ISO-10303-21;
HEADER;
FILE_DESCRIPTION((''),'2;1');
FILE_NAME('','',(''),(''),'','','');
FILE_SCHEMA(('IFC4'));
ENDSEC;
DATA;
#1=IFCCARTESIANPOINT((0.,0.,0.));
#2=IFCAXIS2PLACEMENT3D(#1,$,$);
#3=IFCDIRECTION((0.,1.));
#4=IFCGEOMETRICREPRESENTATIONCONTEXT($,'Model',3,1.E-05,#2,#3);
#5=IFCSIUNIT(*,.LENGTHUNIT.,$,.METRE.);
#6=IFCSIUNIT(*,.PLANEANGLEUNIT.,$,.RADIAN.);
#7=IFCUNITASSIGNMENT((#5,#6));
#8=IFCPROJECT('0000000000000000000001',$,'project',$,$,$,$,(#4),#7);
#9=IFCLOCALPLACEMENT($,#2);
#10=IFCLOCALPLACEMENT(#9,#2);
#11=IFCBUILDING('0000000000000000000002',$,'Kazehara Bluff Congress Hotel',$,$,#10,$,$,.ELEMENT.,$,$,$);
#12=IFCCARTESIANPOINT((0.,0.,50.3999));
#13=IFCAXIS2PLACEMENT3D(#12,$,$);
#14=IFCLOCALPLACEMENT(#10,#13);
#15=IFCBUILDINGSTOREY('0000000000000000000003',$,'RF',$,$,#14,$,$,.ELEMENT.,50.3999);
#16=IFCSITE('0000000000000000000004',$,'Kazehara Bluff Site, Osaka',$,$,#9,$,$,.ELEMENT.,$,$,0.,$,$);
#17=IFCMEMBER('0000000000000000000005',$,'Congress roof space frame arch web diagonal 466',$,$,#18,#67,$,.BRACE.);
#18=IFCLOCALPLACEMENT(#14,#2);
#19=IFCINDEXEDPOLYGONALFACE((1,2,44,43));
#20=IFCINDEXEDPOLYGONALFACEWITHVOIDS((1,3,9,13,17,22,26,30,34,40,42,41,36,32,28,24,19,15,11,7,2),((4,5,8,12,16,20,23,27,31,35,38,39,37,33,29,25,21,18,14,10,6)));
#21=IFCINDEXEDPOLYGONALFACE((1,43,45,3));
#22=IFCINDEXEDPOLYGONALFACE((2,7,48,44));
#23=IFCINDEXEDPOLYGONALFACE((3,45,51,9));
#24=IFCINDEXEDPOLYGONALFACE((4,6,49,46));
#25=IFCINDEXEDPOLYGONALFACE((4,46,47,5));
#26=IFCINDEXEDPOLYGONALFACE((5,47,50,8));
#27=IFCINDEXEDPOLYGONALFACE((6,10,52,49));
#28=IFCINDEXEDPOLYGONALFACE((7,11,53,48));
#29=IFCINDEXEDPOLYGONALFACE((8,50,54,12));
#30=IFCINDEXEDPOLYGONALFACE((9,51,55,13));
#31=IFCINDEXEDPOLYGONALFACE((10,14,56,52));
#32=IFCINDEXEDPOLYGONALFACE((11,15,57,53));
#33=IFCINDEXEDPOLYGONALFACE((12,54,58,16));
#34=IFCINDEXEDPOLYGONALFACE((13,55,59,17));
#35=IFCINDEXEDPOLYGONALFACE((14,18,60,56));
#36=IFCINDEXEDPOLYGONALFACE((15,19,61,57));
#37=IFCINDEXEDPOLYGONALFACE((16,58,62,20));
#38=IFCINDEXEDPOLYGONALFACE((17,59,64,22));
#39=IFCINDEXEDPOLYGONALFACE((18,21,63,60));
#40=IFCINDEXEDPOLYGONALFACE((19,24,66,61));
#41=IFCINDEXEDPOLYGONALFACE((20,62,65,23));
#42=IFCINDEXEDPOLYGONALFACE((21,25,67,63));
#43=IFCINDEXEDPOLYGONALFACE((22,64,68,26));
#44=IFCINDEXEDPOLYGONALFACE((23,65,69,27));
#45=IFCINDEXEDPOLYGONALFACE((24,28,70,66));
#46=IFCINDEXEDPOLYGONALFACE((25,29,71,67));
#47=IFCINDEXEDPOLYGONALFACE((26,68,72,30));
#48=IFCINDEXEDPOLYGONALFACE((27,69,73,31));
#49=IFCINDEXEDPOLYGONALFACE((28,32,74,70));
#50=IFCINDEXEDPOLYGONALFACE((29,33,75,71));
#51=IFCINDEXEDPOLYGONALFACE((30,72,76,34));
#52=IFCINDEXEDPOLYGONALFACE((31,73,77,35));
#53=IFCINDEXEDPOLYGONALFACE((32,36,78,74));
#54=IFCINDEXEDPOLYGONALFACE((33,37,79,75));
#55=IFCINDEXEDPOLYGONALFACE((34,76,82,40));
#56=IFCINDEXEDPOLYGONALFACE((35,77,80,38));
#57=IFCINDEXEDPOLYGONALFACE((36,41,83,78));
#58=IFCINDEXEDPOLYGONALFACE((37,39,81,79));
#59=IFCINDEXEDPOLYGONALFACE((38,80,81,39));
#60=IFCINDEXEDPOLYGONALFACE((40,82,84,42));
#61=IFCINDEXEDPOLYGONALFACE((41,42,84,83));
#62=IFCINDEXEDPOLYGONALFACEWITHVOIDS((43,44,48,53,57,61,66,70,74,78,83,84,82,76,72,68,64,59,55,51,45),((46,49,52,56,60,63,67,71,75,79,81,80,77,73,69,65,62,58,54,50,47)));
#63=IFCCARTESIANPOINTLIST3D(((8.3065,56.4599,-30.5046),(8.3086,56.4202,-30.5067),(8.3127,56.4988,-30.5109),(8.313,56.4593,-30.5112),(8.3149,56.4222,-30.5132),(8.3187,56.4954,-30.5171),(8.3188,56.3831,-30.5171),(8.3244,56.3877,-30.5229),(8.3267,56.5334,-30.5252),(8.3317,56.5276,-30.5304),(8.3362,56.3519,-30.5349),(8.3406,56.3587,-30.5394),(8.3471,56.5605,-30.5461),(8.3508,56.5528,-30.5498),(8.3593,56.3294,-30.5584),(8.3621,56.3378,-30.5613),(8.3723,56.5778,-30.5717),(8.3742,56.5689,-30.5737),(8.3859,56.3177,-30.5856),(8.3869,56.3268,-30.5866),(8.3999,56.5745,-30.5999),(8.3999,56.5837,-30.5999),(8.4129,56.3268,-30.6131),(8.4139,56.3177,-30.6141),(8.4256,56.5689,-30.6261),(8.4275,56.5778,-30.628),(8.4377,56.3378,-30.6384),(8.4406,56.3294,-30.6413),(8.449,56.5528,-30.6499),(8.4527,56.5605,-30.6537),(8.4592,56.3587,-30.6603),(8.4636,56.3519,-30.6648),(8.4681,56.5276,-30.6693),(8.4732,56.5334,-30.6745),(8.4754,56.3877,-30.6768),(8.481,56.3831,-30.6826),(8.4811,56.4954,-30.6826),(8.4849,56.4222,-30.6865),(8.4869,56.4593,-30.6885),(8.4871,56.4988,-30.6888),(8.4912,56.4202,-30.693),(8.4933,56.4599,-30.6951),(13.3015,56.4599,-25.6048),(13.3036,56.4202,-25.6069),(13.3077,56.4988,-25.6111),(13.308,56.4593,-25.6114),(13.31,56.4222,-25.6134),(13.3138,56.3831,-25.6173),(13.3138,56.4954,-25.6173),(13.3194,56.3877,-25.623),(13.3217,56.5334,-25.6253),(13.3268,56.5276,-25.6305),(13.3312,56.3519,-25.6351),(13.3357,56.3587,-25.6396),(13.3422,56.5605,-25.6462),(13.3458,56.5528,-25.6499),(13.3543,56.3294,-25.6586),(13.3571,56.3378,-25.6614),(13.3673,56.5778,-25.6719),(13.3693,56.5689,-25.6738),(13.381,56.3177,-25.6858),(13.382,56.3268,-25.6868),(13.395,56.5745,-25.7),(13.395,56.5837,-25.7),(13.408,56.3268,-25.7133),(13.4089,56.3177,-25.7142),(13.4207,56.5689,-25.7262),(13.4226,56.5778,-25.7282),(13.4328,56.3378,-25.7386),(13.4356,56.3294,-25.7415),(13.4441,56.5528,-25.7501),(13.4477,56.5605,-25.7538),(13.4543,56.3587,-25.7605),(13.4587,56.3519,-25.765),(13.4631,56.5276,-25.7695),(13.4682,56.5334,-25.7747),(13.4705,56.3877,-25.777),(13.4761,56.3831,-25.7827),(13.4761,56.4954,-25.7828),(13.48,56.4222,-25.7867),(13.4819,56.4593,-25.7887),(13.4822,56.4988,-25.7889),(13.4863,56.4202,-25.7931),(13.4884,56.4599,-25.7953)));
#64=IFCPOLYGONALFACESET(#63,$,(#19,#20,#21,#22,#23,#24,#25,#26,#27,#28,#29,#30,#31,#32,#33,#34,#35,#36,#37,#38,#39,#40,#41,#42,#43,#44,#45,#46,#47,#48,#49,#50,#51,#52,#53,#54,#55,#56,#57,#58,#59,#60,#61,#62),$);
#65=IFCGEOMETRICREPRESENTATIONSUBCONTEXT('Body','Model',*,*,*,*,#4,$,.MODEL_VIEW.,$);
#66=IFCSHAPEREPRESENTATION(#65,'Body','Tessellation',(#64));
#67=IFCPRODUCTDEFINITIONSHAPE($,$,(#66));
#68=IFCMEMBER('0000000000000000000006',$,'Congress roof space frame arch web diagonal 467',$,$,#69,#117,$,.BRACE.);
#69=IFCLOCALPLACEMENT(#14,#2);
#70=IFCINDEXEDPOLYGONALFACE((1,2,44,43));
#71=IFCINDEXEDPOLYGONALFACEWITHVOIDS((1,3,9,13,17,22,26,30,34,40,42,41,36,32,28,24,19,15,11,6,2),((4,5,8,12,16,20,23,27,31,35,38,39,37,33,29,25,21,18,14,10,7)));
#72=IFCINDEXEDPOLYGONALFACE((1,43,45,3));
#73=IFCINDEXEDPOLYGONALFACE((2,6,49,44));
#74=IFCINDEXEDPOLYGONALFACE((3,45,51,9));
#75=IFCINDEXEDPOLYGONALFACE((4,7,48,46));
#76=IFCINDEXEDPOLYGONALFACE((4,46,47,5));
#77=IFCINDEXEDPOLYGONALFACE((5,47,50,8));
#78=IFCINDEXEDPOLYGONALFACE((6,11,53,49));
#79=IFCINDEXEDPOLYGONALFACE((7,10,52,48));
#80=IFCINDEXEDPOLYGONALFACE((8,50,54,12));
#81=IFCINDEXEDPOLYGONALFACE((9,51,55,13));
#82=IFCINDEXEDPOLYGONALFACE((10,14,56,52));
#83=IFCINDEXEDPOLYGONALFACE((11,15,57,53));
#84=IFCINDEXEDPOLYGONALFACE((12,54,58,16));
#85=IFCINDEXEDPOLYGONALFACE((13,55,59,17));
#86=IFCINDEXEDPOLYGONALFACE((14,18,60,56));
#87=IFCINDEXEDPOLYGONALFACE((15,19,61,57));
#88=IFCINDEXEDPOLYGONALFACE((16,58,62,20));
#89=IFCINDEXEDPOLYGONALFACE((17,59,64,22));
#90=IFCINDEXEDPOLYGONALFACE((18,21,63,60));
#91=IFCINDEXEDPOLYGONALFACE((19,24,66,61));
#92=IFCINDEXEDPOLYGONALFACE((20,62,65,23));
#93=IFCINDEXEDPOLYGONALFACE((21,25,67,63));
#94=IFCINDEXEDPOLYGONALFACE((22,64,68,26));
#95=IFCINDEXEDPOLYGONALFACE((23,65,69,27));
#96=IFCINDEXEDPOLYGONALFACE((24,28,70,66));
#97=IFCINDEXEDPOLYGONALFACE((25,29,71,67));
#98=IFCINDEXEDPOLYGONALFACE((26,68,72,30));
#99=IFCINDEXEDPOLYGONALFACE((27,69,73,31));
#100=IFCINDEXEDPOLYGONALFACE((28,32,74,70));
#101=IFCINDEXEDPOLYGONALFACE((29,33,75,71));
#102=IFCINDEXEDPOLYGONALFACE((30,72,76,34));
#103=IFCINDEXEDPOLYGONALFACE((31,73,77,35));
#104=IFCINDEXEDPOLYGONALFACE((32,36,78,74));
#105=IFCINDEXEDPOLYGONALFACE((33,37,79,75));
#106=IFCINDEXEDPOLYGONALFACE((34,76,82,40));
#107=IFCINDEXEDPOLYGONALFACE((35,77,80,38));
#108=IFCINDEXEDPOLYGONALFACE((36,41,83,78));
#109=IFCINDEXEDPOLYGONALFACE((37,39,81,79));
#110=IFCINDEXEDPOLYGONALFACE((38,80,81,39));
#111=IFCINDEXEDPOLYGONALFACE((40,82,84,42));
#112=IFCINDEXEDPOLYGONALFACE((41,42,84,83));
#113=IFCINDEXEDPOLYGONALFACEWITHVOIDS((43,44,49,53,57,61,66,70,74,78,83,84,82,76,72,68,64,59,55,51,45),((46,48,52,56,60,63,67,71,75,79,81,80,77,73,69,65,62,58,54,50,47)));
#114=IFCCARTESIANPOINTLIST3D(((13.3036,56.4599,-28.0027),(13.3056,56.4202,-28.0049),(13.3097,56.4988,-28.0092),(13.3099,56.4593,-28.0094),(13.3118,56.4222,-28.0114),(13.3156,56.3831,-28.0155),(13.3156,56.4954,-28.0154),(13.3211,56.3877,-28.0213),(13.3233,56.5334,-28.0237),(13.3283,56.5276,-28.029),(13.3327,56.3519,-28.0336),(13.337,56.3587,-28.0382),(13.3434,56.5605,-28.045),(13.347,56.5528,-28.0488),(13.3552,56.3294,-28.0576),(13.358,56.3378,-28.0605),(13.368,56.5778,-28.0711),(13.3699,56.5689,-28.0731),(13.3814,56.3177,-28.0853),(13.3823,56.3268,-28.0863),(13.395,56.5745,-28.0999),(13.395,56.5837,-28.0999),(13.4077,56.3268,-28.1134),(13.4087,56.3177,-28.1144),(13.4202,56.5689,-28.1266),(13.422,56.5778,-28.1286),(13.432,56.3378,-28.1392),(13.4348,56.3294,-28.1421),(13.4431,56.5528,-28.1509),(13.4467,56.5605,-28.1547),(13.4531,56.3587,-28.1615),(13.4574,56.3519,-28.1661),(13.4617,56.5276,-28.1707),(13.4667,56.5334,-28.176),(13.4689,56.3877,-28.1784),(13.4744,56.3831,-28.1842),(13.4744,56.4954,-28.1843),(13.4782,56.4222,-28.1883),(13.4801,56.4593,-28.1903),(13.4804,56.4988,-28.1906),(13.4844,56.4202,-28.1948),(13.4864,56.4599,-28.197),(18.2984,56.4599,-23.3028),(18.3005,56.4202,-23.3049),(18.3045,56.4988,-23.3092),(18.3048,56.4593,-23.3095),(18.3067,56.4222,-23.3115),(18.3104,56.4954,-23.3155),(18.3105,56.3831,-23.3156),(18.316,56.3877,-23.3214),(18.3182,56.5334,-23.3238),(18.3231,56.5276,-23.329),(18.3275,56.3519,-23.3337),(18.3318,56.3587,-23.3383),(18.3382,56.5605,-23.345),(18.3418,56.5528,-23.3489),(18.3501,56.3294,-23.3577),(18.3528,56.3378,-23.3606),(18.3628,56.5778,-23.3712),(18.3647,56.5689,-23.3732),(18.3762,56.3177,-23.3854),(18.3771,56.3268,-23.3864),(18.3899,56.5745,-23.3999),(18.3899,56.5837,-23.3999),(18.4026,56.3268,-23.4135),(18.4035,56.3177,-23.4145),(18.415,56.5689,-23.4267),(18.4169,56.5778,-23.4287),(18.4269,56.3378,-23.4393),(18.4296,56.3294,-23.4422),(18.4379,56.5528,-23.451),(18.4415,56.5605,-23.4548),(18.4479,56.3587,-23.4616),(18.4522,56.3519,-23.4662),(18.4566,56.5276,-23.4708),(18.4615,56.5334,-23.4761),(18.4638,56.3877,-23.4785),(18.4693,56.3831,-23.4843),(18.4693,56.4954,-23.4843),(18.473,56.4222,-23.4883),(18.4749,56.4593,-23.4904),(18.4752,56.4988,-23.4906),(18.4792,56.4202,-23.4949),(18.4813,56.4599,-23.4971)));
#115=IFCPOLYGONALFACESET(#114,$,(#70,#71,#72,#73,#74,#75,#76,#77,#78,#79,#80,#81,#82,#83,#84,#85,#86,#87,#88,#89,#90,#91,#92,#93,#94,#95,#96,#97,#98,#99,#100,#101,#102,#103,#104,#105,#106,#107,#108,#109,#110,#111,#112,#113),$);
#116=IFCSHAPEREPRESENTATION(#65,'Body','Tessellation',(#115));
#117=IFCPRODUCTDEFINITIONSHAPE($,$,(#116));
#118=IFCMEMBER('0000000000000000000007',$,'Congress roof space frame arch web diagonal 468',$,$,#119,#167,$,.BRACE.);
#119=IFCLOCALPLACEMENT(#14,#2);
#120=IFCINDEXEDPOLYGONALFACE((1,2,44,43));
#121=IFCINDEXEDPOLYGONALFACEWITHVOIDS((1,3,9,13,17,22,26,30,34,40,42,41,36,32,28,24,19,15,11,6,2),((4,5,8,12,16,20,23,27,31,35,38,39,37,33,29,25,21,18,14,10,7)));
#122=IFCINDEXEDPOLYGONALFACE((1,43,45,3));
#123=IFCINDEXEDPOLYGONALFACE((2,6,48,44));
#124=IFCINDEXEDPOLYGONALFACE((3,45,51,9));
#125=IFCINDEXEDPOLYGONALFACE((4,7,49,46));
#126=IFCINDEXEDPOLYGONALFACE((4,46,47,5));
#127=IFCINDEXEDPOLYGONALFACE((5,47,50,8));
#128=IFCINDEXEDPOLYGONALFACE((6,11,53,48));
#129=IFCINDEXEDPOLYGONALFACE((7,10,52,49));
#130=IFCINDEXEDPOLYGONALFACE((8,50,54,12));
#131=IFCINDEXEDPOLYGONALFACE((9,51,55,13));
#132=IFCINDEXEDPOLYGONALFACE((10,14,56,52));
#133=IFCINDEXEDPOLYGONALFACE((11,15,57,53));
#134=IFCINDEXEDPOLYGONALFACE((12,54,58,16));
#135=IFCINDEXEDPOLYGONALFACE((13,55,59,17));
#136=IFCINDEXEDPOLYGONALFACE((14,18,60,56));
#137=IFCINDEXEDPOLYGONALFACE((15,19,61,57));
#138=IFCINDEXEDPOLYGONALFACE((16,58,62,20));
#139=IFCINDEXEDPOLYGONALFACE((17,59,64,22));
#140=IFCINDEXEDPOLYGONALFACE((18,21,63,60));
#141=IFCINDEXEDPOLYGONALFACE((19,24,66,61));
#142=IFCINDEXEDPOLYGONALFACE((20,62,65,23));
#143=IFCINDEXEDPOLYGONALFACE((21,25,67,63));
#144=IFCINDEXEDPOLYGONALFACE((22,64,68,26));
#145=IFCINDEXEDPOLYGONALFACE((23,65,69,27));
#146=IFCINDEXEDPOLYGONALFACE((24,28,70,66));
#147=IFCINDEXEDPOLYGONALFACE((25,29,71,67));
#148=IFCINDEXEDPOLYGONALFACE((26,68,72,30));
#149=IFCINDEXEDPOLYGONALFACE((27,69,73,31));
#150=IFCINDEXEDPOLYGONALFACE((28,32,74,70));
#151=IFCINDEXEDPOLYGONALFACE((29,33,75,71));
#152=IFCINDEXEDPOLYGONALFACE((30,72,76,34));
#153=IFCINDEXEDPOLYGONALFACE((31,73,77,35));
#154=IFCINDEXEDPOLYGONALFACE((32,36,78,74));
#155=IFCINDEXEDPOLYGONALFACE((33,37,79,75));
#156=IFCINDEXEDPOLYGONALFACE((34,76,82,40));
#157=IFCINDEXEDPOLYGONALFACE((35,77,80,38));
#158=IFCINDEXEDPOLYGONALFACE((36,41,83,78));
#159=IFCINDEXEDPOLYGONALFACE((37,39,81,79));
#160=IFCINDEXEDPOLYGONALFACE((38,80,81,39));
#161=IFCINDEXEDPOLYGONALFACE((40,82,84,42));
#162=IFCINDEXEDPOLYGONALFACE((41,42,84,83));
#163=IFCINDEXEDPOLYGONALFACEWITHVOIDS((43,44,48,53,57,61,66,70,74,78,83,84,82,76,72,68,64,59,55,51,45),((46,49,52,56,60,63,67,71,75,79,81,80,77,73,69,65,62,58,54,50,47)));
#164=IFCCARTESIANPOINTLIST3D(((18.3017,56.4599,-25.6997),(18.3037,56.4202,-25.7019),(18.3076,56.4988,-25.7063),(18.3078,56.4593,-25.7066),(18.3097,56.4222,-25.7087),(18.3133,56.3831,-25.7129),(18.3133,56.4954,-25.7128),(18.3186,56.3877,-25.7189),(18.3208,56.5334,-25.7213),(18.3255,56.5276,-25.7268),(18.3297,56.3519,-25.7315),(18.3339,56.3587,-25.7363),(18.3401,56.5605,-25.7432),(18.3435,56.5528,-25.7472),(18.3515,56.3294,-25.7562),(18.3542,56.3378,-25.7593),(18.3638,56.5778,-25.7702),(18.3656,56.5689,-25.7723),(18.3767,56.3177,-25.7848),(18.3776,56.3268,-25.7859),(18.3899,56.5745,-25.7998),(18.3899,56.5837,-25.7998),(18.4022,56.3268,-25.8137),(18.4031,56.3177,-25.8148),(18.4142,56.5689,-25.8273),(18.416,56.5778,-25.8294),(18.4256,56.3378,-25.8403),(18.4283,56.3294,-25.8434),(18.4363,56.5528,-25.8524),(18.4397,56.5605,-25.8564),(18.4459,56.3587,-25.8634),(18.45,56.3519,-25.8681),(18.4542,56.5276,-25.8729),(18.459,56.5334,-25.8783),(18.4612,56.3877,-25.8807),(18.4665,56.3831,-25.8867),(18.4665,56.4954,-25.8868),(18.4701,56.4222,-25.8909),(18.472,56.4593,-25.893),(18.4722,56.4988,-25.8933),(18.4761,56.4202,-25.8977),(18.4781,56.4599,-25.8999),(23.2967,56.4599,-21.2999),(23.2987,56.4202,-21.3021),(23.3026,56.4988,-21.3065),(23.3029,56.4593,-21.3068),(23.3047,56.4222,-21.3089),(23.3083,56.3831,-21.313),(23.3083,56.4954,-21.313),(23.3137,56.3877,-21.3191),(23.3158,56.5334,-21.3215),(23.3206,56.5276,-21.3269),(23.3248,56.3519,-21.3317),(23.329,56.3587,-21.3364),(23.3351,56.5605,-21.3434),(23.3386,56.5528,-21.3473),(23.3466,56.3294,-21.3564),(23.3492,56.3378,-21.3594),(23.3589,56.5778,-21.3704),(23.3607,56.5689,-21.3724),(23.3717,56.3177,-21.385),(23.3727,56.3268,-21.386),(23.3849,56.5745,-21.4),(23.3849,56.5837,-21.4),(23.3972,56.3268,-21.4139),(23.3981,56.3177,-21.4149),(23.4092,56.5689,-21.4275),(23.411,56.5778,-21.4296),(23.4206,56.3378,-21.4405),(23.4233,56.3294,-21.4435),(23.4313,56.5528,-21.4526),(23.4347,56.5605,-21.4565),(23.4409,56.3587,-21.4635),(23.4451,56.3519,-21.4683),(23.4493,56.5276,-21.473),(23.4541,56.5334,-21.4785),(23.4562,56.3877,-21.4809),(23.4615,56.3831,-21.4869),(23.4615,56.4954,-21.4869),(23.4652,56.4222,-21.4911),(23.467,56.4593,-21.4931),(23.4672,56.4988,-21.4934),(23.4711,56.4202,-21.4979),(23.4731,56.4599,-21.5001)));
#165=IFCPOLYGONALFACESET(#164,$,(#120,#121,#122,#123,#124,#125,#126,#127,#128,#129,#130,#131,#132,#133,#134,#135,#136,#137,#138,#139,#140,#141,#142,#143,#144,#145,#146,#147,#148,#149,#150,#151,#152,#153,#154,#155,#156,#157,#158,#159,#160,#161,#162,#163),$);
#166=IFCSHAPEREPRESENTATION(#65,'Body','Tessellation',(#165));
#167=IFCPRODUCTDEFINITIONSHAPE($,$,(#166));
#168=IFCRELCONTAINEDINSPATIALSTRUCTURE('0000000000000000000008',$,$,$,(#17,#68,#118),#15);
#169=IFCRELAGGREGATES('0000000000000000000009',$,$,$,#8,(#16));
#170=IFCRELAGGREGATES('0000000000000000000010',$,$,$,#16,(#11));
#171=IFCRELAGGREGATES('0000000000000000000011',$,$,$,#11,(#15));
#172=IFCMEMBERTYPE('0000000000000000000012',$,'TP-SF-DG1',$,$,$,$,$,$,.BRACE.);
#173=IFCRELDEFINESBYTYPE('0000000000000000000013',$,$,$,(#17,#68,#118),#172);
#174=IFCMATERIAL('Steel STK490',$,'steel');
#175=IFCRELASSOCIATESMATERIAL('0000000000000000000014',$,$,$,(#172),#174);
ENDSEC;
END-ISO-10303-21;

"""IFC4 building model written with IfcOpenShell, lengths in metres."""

from ifc_helpers import new_model, si_unit, direction, frame, origin, origin_2d, place, context, subcontext, project, spatial, hollow_circle, extrude, material, material_profile, profile_set, type_object, element, save


model = new_model("IFC4")

# Units and contexts
model_context = context("Model", 3, precision=1e-05, world=origin(), true_north=direction((0.0, 1.0)))
body_context = subcontext(model_context, "Body", "Model", "MODEL_VIEW")
ifc_project = project(units=[si_unit("LENGTHUNIT", "METRE"), si_unit("PLANEANGLEUNIT", "RADIAN")], contexts=[model_context])

# Site, building, storey
site_placement = place(None, origin())
site = spatial("IfcSite", under=ifc_project, at=site_placement, Name="Kazehara Bluff Site, Osaka", CompositionType="ELEMENT", RefElevation=0.0)
building_placement = place(site_placement, origin())
building = spatial("IfcBuilding", under=site, at=building_placement, Name="Kazehara Bluff Congress Hotel", CompositionType="ELEMENT")
storey_placement = place(building_placement, frame((0.0, 0.0, 50.3999)))
storey = spatial("IfcBuildingStorey", under=building, at=storey_placement, Name="RF", CompositionType="ELEMENT", Elevation=50.3999)

# Members
ifc_material_1 = material(Name="Steel STK490", Category="steel")
ifc_material_profile_1 = material_profile(ifc_material_1, hollow_circle(Radius=0.1338, WallThickness=0.0093, at=origin_2d()))
ifc_profile_set_1 = profile_set([ifc_material_profile_1], Name="Steel STK490")
member_type_1 = type_object("IfcMemberType", Name="TP-SF-DG1", PredefinedType="BRACE", material=ifc_profile_set_1)
member_1_placement = place(storey_placement, frame((8.3999, 56.45, -30.5999), z_axis=(0.713878, 0.0, 0.70027), x_axis=(0.0, 1.0, 0.0)))
element("IfcMember", 1, at=member_1_placement, inside=storey, type_object=member_type_1, Name="Congress roof space frame arch web diagonal 466", PredefinedType="BRACE", context=body_context, shape_type="SweptSolid", body=[
    extrude(hollow_circle(Radius=0.1338, WallThickness=0.0093, at=origin_2d()), origin(), (0.0, 0.0, 1.0), 6.9971),
])
member_2_placement = place(storey_placement, frame((13.395, 56.45, -28.0999), z_axis=(0.72828, 0.0, 0.685279), x_axis=(0.0, 1.0, 0.0)))
element("IfcMember", 2, at=member_2_placement, inside=storey, type_object=member_type_1, Name="Congress roof space frame arch web diagonal 467", PredefinedType="BRACE", context=body_context, shape_type="SweptSolid", body=[
    extrude(hollow_circle(Radius=0.1338, WallThickness=0.0093, at=origin_2d()), origin(), (0.0, 0.0, 1.0), 6.8584),
])
member_3_placement = place(storey_placement, frame((18.3899, 56.45, -25.7998), z_axis=(0.750401, 0.0, 0.660983), x_axis=(0.0, 1.0, 0.0)))
element("IfcMember", 3, at=member_3_placement, inside=storey, type_object=member_type_1, Name="Congress roof space frame arch web diagonal 468", PredefinedType="BRACE", context=body_context, shape_type="SweptSolid", body=[
    extrude(hollow_circle(Radius=0.1338, WallThickness=0.0093, at=origin_2d()), origin(), (0.0, 0.0, 1.0), 6.6565),
])

save(model, "model.ifc")
